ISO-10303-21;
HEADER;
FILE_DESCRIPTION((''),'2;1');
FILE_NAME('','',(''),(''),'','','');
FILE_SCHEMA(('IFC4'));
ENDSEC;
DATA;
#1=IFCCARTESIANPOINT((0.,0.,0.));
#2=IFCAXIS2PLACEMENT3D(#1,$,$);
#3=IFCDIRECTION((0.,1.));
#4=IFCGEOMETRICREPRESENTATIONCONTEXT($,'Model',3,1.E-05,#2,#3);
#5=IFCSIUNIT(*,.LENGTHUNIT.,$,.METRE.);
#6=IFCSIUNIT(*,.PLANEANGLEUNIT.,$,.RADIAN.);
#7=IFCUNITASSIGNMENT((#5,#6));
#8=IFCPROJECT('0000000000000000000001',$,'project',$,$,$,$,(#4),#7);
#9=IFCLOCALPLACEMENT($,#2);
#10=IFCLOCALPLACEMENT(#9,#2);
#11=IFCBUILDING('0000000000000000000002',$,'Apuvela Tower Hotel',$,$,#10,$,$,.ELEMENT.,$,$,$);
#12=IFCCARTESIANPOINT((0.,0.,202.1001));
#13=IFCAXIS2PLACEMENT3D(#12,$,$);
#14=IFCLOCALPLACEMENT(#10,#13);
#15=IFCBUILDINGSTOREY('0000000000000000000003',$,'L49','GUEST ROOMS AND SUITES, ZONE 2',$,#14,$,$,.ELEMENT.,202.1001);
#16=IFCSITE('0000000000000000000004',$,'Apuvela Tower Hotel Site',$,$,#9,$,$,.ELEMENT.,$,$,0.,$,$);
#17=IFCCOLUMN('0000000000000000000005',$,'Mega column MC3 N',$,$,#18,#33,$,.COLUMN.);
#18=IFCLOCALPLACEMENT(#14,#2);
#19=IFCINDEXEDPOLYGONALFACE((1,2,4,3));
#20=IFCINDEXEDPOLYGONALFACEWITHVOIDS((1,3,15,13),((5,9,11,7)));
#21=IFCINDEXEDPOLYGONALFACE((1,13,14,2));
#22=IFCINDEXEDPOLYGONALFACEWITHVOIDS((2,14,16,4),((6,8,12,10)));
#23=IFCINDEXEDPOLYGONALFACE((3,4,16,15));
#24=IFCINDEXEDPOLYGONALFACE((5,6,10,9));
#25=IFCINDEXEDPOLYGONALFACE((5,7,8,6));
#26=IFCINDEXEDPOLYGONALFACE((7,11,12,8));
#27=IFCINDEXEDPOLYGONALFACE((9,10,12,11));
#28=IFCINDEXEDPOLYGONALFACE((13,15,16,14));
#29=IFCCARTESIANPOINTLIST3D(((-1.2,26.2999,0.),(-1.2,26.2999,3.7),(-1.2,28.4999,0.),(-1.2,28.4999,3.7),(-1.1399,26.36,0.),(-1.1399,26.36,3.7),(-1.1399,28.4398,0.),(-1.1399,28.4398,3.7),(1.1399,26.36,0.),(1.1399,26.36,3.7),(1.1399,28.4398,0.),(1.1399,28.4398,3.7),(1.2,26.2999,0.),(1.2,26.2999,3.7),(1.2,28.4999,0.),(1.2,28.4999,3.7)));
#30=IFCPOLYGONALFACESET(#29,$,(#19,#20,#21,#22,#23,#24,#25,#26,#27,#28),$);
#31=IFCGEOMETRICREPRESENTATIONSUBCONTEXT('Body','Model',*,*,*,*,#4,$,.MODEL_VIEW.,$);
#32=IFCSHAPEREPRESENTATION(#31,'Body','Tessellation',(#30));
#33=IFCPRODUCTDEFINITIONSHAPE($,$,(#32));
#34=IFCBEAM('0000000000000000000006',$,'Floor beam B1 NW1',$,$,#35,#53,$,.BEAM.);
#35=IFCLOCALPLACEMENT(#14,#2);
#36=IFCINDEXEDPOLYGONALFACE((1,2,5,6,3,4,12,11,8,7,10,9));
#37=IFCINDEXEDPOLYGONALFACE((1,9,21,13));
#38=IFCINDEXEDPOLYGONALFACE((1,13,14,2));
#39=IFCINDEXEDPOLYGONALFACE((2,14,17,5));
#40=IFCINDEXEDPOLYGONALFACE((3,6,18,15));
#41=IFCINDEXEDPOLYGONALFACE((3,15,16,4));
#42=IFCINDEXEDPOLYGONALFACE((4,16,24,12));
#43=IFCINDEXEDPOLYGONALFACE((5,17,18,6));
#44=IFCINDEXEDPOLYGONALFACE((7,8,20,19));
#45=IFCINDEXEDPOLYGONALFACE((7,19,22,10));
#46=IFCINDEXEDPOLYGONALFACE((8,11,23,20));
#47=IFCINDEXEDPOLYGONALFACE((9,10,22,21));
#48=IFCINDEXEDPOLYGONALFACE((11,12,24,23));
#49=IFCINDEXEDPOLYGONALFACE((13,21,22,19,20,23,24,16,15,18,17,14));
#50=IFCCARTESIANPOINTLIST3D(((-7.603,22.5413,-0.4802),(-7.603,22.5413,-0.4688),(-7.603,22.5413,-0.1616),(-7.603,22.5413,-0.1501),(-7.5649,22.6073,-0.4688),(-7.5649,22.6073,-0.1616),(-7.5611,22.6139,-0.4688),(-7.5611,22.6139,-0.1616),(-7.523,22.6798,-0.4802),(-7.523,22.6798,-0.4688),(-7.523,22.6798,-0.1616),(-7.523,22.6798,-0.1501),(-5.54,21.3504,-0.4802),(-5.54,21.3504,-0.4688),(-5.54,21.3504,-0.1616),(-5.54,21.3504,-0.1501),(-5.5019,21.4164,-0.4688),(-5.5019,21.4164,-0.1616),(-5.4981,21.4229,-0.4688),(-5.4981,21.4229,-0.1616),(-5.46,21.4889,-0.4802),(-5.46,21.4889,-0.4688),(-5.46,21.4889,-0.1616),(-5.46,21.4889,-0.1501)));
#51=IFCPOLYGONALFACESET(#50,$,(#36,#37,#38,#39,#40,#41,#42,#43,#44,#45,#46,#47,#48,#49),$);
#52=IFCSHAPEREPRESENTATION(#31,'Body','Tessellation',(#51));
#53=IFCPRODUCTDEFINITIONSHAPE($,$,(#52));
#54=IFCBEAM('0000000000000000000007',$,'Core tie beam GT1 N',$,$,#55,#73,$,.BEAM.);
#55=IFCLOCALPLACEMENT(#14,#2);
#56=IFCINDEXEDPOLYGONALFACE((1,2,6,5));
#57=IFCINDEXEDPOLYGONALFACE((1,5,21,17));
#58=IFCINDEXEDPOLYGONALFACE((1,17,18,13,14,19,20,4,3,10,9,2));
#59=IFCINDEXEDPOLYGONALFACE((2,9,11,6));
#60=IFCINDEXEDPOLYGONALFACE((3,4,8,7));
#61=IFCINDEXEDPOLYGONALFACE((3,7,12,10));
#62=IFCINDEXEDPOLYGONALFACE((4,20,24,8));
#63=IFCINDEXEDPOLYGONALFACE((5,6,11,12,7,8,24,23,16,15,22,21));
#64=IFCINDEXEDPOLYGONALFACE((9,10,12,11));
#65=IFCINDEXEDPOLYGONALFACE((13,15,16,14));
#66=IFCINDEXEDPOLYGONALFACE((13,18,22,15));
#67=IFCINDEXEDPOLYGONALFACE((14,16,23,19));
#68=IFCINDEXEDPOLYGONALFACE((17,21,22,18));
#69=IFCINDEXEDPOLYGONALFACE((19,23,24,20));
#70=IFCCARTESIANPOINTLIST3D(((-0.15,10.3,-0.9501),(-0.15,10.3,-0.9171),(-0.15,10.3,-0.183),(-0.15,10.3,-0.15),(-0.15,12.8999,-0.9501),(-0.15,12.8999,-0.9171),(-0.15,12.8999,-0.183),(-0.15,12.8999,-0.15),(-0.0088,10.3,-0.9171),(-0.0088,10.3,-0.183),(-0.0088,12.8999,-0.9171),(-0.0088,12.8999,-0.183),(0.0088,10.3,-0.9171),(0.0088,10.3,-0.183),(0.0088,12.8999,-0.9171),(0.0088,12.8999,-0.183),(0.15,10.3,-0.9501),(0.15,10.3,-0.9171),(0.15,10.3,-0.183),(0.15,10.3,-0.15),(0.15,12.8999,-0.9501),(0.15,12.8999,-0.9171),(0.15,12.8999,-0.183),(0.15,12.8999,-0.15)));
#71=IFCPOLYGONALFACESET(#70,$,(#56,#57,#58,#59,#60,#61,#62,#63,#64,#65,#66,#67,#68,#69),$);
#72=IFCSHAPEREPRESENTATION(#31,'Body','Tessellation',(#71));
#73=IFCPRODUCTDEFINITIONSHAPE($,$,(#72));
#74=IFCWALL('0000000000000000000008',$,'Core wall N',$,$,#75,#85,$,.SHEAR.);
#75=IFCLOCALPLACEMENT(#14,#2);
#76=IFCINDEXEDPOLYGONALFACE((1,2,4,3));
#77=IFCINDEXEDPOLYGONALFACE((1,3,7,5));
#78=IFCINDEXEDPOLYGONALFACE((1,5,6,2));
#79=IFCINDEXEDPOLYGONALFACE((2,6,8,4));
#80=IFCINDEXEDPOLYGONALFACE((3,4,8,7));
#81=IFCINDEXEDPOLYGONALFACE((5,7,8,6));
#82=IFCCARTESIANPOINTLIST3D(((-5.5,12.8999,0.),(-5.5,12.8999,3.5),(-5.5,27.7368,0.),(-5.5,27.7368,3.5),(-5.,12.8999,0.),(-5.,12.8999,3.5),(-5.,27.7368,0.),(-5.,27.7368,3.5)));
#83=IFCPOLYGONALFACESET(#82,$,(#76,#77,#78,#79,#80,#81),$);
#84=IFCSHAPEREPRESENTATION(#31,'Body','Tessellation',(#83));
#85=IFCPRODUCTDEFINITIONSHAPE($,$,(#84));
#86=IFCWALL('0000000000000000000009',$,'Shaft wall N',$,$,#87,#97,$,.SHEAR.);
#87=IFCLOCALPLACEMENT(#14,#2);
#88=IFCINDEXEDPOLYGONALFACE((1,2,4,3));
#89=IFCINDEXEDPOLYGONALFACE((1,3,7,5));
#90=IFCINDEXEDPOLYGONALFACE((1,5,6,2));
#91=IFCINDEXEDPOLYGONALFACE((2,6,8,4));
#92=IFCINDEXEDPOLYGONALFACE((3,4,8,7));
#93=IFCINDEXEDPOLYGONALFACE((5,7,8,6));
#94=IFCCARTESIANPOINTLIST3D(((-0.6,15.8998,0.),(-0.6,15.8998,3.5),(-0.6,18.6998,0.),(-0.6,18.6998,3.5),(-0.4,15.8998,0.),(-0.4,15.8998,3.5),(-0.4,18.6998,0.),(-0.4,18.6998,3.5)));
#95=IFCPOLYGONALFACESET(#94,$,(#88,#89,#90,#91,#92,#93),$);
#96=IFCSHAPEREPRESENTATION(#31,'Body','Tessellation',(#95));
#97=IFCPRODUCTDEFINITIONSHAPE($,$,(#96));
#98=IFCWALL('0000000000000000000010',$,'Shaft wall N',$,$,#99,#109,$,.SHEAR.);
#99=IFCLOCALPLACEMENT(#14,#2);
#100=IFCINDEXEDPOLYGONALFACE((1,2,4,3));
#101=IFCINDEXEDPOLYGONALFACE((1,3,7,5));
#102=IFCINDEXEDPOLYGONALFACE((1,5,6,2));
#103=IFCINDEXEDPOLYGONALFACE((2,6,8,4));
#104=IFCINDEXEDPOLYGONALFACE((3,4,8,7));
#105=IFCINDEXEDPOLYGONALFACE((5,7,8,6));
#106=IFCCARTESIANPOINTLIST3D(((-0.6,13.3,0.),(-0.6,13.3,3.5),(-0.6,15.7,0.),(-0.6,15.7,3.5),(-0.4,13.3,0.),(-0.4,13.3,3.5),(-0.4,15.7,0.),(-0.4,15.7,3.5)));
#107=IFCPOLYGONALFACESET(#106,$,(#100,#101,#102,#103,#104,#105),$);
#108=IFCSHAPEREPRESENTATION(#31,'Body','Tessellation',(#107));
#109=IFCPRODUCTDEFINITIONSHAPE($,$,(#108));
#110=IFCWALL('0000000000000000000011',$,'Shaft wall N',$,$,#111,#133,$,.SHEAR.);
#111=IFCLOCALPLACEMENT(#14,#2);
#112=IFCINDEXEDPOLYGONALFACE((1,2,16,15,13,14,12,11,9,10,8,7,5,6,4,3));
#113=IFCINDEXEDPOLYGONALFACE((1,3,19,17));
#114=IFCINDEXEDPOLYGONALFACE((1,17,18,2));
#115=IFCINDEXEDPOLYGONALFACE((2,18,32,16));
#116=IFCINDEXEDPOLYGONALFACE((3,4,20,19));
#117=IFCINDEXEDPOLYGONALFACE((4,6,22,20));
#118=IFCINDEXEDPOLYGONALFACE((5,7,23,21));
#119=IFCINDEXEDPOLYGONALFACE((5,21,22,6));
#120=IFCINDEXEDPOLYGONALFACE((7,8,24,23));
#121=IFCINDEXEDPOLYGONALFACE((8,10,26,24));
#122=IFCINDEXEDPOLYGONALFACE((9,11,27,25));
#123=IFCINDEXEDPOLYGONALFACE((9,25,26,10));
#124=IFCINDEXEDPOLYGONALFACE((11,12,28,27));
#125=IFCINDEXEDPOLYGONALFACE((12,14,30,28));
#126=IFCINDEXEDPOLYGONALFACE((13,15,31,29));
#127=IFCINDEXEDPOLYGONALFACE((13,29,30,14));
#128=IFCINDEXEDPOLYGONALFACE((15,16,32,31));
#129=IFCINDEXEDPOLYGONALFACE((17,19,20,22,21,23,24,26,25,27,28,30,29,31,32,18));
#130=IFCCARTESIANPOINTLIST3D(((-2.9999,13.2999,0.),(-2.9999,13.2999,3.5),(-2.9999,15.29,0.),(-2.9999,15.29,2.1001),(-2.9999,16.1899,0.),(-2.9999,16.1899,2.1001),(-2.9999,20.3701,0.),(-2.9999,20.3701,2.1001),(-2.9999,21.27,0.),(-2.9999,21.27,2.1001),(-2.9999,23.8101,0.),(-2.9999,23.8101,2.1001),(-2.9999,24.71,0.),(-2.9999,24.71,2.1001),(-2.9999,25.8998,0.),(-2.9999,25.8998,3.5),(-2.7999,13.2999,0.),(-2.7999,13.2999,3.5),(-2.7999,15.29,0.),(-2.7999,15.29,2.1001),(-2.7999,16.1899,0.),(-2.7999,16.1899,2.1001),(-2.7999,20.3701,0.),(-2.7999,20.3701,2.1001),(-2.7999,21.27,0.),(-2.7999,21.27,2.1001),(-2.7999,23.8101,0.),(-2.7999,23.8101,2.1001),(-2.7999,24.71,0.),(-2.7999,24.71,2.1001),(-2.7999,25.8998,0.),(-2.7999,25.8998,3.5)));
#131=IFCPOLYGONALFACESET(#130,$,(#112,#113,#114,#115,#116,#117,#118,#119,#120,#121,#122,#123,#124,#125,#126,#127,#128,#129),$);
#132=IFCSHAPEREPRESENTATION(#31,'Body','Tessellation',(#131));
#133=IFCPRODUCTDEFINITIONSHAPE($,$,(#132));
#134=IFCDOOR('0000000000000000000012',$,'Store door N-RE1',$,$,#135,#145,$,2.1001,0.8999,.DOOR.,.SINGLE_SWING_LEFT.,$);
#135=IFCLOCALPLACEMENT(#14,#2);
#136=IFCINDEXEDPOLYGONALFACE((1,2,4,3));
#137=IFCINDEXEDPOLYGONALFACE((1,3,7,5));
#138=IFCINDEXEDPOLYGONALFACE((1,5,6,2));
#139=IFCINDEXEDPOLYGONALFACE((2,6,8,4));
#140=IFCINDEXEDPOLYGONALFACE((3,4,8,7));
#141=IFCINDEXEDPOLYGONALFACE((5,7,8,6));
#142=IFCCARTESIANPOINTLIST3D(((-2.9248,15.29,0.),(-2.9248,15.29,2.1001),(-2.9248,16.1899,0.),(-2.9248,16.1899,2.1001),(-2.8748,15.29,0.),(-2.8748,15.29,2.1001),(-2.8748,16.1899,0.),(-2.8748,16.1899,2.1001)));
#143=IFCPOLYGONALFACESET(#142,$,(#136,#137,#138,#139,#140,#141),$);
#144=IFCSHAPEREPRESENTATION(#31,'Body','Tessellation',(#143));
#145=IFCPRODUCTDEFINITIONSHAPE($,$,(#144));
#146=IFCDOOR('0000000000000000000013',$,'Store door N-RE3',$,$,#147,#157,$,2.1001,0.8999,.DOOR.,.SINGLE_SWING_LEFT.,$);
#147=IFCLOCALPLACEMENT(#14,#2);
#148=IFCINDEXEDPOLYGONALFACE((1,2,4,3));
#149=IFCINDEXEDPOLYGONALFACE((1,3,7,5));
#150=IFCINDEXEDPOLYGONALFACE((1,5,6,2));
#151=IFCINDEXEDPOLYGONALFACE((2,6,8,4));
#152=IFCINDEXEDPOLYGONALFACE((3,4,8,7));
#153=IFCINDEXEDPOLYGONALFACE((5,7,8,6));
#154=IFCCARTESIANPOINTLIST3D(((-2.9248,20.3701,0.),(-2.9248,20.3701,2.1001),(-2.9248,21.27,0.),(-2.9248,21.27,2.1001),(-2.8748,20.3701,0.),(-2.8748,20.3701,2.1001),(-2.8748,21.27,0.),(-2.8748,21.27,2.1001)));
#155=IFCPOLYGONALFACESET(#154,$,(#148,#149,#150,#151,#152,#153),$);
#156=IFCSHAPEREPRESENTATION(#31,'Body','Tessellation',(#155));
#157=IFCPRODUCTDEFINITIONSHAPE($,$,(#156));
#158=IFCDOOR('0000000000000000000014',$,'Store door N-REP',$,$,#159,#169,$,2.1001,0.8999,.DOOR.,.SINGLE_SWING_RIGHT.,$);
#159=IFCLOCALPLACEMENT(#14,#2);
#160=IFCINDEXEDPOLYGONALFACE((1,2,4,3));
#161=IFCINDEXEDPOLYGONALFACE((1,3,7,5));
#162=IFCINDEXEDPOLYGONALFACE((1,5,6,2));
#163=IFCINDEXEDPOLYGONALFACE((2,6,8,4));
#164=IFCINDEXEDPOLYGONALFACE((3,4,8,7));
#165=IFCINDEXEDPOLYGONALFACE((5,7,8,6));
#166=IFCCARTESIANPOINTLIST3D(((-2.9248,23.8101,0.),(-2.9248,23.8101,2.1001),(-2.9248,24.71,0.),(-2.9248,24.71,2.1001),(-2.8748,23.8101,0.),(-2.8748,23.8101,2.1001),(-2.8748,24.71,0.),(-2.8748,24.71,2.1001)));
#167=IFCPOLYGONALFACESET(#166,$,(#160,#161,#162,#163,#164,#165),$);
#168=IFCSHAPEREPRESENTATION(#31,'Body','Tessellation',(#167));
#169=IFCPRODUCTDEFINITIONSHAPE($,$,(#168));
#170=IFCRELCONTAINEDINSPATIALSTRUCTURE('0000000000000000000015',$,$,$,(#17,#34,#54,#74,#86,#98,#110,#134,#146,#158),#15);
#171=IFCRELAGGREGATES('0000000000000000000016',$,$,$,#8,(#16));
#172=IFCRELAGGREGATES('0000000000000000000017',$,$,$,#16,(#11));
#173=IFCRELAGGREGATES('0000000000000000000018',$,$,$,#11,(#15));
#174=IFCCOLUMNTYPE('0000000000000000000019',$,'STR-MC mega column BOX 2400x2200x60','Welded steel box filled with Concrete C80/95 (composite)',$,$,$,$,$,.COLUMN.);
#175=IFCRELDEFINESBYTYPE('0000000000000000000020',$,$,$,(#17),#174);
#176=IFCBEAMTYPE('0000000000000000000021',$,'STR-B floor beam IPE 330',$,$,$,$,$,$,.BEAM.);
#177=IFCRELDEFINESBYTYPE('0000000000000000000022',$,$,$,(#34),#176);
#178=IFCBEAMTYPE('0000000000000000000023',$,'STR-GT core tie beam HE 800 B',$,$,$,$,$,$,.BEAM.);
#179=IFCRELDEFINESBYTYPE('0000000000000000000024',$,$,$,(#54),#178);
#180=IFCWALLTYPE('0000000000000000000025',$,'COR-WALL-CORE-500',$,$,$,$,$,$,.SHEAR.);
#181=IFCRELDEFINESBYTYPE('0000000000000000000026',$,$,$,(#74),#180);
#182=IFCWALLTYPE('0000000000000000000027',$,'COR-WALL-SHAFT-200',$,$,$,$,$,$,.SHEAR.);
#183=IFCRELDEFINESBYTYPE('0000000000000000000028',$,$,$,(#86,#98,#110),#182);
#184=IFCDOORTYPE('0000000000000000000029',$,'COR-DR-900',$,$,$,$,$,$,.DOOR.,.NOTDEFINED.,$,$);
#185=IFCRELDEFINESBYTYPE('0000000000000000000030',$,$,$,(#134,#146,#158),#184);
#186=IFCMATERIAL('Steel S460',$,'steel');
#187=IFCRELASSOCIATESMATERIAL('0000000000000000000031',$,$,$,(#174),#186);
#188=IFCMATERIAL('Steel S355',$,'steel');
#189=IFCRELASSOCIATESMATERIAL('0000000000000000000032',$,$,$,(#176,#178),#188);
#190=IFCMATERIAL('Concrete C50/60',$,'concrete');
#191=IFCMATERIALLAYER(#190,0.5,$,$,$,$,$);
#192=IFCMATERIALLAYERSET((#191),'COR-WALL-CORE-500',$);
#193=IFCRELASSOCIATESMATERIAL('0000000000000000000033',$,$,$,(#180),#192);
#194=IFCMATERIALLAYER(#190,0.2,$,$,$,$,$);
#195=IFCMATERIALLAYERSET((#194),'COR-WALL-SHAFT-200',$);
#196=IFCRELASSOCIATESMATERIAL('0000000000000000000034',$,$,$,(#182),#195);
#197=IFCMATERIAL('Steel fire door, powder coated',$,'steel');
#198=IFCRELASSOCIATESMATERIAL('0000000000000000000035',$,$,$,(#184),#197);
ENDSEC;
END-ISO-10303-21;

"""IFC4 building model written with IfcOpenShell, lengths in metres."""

from ifc_helpers import new_model, si_unit, direction, frame, frame_2d, origin, origin_2d, place, context, subcontext, project, spatial, rectangle, hollow_rectangle, i_section, extrude, material, layer, layer_set, material_profile, profile_set, type_object, element, fill, save


model = new_model("IFC4")

# Units and contexts
model_context = context("Model", 3, precision=1e-05, world=origin(), true_north=direction((0.0, 1.0)))
body_context = subcontext(model_context, "Body", "Model", "MODEL_VIEW")
ifc_project = project(units=[si_unit("LENGTHUNIT", "METRE"), si_unit("PLANEANGLEUNIT", "RADIAN")], contexts=[model_context])

# Site, building, storey
site_placement = place(None, origin())
site = spatial("IfcSite", under=ifc_project, at=site_placement, Name="Apuvela Tower Hotel Site", CompositionType="ELEMENT", RefElevation=0.0)
building_placement = place(site_placement, origin())
building = spatial("IfcBuilding", under=site, at=building_placement, Name="Apuvela Tower Hotel", CompositionType="ELEMENT")
storey_placement = place(building_placement, frame((0.0, 0.0, 202.1001)))
storey = spatial("IfcBuildingStorey", under=building, at=storey_placement, Name="L49", Description="GUEST ROOMS AND SUITES, ZONE 2", CompositionType="ELEMENT", Elevation=202.1001)

# Column
ifc_material_1 = material(Name="Steel S460", Category="steel")
ifc_material_profile_1 = material_profile(ifc_material_1, hollow_rectangle(XDim=2.3999, YDim=2.2, WallThickness=0.0601, at=origin_2d()), Name="BOX 2400x2200x60")
ifc_material_2 = material(Name="Concrete C80/95", Category="concrete")
ifc_material_profile_2 = material_profile(ifc_material_2, rectangle(XDim=2.28, YDim=2.0801, at=origin_2d()), Name="Concrete C80/95 infill")
ifc_profile_set_1 = profile_set([ifc_material_profile_1, ifc_material_profile_2], Name="Steel S460")
column_type = type_object("IfcColumnType", Name="STR-MC mega column BOX 2400x2200x60", Description="Welded steel box filled with Concrete C80/95 (composite)", PredefinedType="COLUMN", material=ifc_profile_set_1)
column_placement = place(storey_placement, frame((0.0, 27.3999, 0.0), z_axis=(0.0, 0.0, 1.0), x_axis=(1.0, 0.0, 0.0)))
element("IfcColumn", 1, at=column_placement, inside=storey, type_object=column_type, Name="Mega column MC3 N", PredefinedType="COLUMN", context=body_context, shape_type="SweptSolid", body=[
    extrude(hollow_rectangle(XDim=2.3999, YDim=2.2, WallThickness=0.0601, at=origin_2d()), origin(), (0.0, 0.0, 1.0), 3.7),
])

# Beams
ifc_material_3 = material(Name="Steel S355", Category="steel")
ifc_material_profile_3 = material_profile(ifc_material_3, i_section(OverallWidth=0.1599, OverallDepth=0.3301, WebThickness=0.0076, FlangeThickness=0.0115, at=origin_2d()), Name="IPE 330")
ifc_profile_set_2 = profile_set([ifc_material_profile_3], Name="Steel S355")
beam_type_1 = type_object("IfcBeamType", Name="STR-B floor beam IPE 330", PredefinedType="BEAM", material=ifc_profile_set_2)
beam_1_placement = place(storey_placement, frame((-7.563, 22.6106, -0.3152), z_axis=(0.866052, -0.499953, 0.0), x_axis=(0.499953, 0.866052, 0.0)))
element("IfcBeam", 2, at=beam_1_placement, inside=storey, type_object=beam_type_1, Name="Floor beam B1 NW1", PredefinedType="BEAM", context=body_context, shape_type="SweptSolid", body=[
    extrude(i_section(OverallWidth=0.1599, OverallDepth=0.3301, WebThickness=0.0076, FlangeThickness=0.0115, at=origin_2d()), origin(), (0.0, 0.0, 1.0), 2.3821),
])
ifc_material_profile_4 = material_profile(ifc_material_3, i_section(OverallWidth=0.3, OverallDepth=0.8, WebThickness=0.0176, FlangeThickness=0.033, at=origin_2d()), Name="HE 800 B")
ifc_profile_set_3 = profile_set([ifc_material_profile_4], Name="Steel S355")
beam_type_2 = type_object("IfcBeamType", Name="STR-GT core tie beam HE 800 B", PredefinedType="BEAM", material=ifc_profile_set_3)
beam_2_placement = place(storey_placement, frame((0.0, 12.8999, -0.55), z_axis=(0.0, -1.0, 0.0), x_axis=(1.0, 0.0, 0.0)))
element("IfcBeam", 3, at=beam_2_placement, inside=storey, type_object=beam_type_2, Name="Core tie beam GT1 N", PredefinedType="BEAM", context=body_context, shape_type="SweptSolid", body=[
    extrude(i_section(OverallWidth=0.3, OverallDepth=0.8, WebThickness=0.0176, FlangeThickness=0.033, at=origin_2d()), origin(), (0.0, 0.0, 1.0), 2.5999),
])

# Walls
ifc_material_4 = material(Name="Concrete C50/60", Category="concrete")
ifc_layer_1 = layer(ifc_material_4, 0.5)
ifc_layer_set_1 = layer_set([ifc_layer_1], Name="COR-WALL-CORE-500")
wall_type_1 = type_object("IfcWallType", Name="COR-WALL-CORE-500", PredefinedType="SHEAR", material=ifc_layer_set_1)
wall_1_placement = place(storey_placement, frame((-5.25, 12.8999, 0.0), z_axis=(0.0, 0.0, 1.0), x_axis=(0.0, 1.0, 0.0)))
element("IfcWall", 4, at=wall_1_placement, inside=storey, type_object=wall_type_1, Name="Core wall N", PredefinedType="SHEAR", context=body_context, shape_type="SweptSolid", body=[
    extrude(rectangle(XDim=14.8369, YDim=0.5, at=frame_2d((7.4185, 0.0))), origin(), (0.0, 0.0, 1.0), 3.5),
])
ifc_layer_2 = layer(ifc_material_4, 0.2)
ifc_layer_set_2 = layer_set([ifc_layer_2], Name="COR-WALL-SHAFT-200")
wall_type_2 = type_object("IfcWallType", Name="COR-WALL-SHAFT-200", PredefinedType="SHEAR", material=ifc_layer_set_2)
wall_2_placement = place(storey_placement, frame((-0.5, 15.8999, 0.0), z_axis=(0.0, 0.0, 1.0), x_axis=(0.0, 1.0, 0.0)))
element("IfcWall", 5, at=wall_2_placement, inside=storey, type_object=wall_type_2, Name="Shaft wall N", PredefinedType="SHEAR", context=body_context, shape_type="SweptSolid", body=[
    extrude(rectangle(XDim=2.8, YDim=0.2, at=frame_2d((1.3999, 0.0))), origin(), (0.0, 0.0, 1.0), 3.5),
])
wall_3_placement = place(storey_placement, frame((-0.5, 13.3, 0.0), z_axis=(0.0, 0.0, 1.0), x_axis=(0.0, 1.0, 0.0)))
element("IfcWall", 6, at=wall_3_placement, inside=storey, type_object=wall_type_2, Name="Shaft wall N", PredefinedType="SHEAR", context=body_context, shape_type="SweptSolid", body=[
    extrude(rectangle(XDim=2.3999, YDim=0.2, at=frame_2d((1.2, 0.0))), origin(), (0.0, 0.0, 1.0), 3.5),
])

# Wall, openings, doors
wall_4_placement = place(storey_placement, frame((-2.8999, 13.3, 0.0), z_axis=(0.0, 0.0, 1.0), x_axis=(0.0, 1.0, 0.0)))
wall_4 = element("IfcWall", 7, at=wall_4_placement, inside=storey, type_object=wall_type_2, Name="Shaft wall N", PredefinedType="SHEAR", context=body_context, shape_type="SweptSolid", body=[
    extrude(rectangle(XDim=12.5999, YDim=0.2, at=frame_2d((6.2998, 0.0))), origin(), (0.0, 0.0, 1.0), 3.5),
])
opening_1_placement = place(wall_4_placement, frame((1.99, 0.0, 0.0)))
opening_1 = element("IfcOpeningElement", 8, at=opening_1_placement, cuts=wall_4, PredefinedType="OPENING", context=body_context, shape_type="SweptSolid", body=[
    extrude(rectangle(XDim=0.8999, YDim=2.1001, at=frame_2d((0.45, 1.05))), frame((0.0, 0.1099, 0.0), z_axis=(0.0, -1.0, 0.0), x_axis=(1.0, 0.0, 0.0)), (0.0, 0.0, 1.0), 0.22),
])
opening_2_placement = place(wall_4_placement, frame((7.0701, 0.0, 0.0)))
opening_2 = element("IfcOpeningElement", 9, at=opening_2_placement, cuts=wall_4, PredefinedType="OPENING", context=body_context, shape_type="SweptSolid", body=[
    extrude(rectangle(XDim=0.8999, YDim=2.1001, at=frame_2d((0.45, 1.05))), frame((0.0, 0.1099, 0.0), z_axis=(0.0, -1.0, 0.0), x_axis=(1.0, 0.0, 0.0)), (0.0, 0.0, 1.0), 0.22),
])
opening_3_placement = place(wall_4_placement, frame((10.51, 0.0, 0.0)))
opening_3 = element("IfcOpeningElement", 10, at=opening_3_placement, cuts=wall_4, PredefinedType="OPENING", context=body_context, shape_type="SweptSolid", body=[
    extrude(rectangle(XDim=0.8999, YDim=2.1001, at=frame_2d((0.45, 1.05))), frame((0.0, 0.1099, 0.0), z_axis=(0.0, -1.0, 0.0), x_axis=(1.0, 0.0, 0.0)), (0.0, 0.0, 1.0), 0.22),
])
ifc_material_5 = material(Name="Steel fire door, powder coated", Category="steel")
door_type_1 = type_object("IfcDoorType", Name="COR-DR-900", OperationType="NOTDEFINED", PredefinedType="DOOR", material=ifc_material_5)
door_1_placement = place(opening_1_placement, origin())
door_1 = element("IfcDoor", 11, at=door_1_placement, inside=storey, type_object=door_type_1, Name="Store door N-RE1", OperationType="SINGLE_SWING_LEFT", OverallHeight=2.1001, OverallWidth=0.8999, PredefinedType="DOOR", context=body_context, shape_type="SweptSolid", body=[
    extrude(rectangle(XDim=0.8999, YDim=2.1001, at=frame_2d((0.45, 1.05))), frame((0.0, 0.0249, 0.0), z_axis=(0.0, -1.0, 0.0), x_axis=(1.0, 0.0, 0.0)), (0.0, 0.0, 1.0), 0.05),
])
fill(opening_1, door_1)
door_2_placement = place(opening_2_placement, origin())
door_2 = element("IfcDoor", 12, at=door_2_placement, inside=storey, type_object=door_type_1, Name="Store door N-RE3", OperationType="SINGLE_SWING_LEFT", OverallHeight=2.1001, OverallWidth=0.8999, PredefinedType="DOOR", context=body_context, shape_type="SweptSolid", body=[
    extrude(rectangle(XDim=0.8999, YDim=2.1001, at=frame_2d((0.45, 1.05))), frame((0.0, 0.0249, 0.0), z_axis=(0.0, -1.0, 0.0), x_axis=(1.0, 0.0, 0.0)), (0.0, 0.0, 1.0), 0.05),
])
fill(opening_2, door_2)
door_3_placement = place(opening_3_placement, origin())
door_3 = element("IfcDoor", 13, at=door_3_placement, inside=storey, type_object=door_type_1, Name="Store door N-REP", OperationType="SINGLE_SWING_RIGHT", OverallHeight=2.1001, OverallWidth=0.8999, PredefinedType="DOOR", context=body_context, shape_type="SweptSolid", body=[
    extrude(rectangle(XDim=0.8999, YDim=2.1001, at=frame_2d((0.45, 1.05))), frame((0.0, 0.0249, 0.0), z_axis=(0.0, -1.0, 0.0), x_axis=(1.0, 0.0, 0.0)), (0.0, 0.0, 1.0), 0.05),
])
fill(opening_3, door_3)

save(model, "model.ifc")
